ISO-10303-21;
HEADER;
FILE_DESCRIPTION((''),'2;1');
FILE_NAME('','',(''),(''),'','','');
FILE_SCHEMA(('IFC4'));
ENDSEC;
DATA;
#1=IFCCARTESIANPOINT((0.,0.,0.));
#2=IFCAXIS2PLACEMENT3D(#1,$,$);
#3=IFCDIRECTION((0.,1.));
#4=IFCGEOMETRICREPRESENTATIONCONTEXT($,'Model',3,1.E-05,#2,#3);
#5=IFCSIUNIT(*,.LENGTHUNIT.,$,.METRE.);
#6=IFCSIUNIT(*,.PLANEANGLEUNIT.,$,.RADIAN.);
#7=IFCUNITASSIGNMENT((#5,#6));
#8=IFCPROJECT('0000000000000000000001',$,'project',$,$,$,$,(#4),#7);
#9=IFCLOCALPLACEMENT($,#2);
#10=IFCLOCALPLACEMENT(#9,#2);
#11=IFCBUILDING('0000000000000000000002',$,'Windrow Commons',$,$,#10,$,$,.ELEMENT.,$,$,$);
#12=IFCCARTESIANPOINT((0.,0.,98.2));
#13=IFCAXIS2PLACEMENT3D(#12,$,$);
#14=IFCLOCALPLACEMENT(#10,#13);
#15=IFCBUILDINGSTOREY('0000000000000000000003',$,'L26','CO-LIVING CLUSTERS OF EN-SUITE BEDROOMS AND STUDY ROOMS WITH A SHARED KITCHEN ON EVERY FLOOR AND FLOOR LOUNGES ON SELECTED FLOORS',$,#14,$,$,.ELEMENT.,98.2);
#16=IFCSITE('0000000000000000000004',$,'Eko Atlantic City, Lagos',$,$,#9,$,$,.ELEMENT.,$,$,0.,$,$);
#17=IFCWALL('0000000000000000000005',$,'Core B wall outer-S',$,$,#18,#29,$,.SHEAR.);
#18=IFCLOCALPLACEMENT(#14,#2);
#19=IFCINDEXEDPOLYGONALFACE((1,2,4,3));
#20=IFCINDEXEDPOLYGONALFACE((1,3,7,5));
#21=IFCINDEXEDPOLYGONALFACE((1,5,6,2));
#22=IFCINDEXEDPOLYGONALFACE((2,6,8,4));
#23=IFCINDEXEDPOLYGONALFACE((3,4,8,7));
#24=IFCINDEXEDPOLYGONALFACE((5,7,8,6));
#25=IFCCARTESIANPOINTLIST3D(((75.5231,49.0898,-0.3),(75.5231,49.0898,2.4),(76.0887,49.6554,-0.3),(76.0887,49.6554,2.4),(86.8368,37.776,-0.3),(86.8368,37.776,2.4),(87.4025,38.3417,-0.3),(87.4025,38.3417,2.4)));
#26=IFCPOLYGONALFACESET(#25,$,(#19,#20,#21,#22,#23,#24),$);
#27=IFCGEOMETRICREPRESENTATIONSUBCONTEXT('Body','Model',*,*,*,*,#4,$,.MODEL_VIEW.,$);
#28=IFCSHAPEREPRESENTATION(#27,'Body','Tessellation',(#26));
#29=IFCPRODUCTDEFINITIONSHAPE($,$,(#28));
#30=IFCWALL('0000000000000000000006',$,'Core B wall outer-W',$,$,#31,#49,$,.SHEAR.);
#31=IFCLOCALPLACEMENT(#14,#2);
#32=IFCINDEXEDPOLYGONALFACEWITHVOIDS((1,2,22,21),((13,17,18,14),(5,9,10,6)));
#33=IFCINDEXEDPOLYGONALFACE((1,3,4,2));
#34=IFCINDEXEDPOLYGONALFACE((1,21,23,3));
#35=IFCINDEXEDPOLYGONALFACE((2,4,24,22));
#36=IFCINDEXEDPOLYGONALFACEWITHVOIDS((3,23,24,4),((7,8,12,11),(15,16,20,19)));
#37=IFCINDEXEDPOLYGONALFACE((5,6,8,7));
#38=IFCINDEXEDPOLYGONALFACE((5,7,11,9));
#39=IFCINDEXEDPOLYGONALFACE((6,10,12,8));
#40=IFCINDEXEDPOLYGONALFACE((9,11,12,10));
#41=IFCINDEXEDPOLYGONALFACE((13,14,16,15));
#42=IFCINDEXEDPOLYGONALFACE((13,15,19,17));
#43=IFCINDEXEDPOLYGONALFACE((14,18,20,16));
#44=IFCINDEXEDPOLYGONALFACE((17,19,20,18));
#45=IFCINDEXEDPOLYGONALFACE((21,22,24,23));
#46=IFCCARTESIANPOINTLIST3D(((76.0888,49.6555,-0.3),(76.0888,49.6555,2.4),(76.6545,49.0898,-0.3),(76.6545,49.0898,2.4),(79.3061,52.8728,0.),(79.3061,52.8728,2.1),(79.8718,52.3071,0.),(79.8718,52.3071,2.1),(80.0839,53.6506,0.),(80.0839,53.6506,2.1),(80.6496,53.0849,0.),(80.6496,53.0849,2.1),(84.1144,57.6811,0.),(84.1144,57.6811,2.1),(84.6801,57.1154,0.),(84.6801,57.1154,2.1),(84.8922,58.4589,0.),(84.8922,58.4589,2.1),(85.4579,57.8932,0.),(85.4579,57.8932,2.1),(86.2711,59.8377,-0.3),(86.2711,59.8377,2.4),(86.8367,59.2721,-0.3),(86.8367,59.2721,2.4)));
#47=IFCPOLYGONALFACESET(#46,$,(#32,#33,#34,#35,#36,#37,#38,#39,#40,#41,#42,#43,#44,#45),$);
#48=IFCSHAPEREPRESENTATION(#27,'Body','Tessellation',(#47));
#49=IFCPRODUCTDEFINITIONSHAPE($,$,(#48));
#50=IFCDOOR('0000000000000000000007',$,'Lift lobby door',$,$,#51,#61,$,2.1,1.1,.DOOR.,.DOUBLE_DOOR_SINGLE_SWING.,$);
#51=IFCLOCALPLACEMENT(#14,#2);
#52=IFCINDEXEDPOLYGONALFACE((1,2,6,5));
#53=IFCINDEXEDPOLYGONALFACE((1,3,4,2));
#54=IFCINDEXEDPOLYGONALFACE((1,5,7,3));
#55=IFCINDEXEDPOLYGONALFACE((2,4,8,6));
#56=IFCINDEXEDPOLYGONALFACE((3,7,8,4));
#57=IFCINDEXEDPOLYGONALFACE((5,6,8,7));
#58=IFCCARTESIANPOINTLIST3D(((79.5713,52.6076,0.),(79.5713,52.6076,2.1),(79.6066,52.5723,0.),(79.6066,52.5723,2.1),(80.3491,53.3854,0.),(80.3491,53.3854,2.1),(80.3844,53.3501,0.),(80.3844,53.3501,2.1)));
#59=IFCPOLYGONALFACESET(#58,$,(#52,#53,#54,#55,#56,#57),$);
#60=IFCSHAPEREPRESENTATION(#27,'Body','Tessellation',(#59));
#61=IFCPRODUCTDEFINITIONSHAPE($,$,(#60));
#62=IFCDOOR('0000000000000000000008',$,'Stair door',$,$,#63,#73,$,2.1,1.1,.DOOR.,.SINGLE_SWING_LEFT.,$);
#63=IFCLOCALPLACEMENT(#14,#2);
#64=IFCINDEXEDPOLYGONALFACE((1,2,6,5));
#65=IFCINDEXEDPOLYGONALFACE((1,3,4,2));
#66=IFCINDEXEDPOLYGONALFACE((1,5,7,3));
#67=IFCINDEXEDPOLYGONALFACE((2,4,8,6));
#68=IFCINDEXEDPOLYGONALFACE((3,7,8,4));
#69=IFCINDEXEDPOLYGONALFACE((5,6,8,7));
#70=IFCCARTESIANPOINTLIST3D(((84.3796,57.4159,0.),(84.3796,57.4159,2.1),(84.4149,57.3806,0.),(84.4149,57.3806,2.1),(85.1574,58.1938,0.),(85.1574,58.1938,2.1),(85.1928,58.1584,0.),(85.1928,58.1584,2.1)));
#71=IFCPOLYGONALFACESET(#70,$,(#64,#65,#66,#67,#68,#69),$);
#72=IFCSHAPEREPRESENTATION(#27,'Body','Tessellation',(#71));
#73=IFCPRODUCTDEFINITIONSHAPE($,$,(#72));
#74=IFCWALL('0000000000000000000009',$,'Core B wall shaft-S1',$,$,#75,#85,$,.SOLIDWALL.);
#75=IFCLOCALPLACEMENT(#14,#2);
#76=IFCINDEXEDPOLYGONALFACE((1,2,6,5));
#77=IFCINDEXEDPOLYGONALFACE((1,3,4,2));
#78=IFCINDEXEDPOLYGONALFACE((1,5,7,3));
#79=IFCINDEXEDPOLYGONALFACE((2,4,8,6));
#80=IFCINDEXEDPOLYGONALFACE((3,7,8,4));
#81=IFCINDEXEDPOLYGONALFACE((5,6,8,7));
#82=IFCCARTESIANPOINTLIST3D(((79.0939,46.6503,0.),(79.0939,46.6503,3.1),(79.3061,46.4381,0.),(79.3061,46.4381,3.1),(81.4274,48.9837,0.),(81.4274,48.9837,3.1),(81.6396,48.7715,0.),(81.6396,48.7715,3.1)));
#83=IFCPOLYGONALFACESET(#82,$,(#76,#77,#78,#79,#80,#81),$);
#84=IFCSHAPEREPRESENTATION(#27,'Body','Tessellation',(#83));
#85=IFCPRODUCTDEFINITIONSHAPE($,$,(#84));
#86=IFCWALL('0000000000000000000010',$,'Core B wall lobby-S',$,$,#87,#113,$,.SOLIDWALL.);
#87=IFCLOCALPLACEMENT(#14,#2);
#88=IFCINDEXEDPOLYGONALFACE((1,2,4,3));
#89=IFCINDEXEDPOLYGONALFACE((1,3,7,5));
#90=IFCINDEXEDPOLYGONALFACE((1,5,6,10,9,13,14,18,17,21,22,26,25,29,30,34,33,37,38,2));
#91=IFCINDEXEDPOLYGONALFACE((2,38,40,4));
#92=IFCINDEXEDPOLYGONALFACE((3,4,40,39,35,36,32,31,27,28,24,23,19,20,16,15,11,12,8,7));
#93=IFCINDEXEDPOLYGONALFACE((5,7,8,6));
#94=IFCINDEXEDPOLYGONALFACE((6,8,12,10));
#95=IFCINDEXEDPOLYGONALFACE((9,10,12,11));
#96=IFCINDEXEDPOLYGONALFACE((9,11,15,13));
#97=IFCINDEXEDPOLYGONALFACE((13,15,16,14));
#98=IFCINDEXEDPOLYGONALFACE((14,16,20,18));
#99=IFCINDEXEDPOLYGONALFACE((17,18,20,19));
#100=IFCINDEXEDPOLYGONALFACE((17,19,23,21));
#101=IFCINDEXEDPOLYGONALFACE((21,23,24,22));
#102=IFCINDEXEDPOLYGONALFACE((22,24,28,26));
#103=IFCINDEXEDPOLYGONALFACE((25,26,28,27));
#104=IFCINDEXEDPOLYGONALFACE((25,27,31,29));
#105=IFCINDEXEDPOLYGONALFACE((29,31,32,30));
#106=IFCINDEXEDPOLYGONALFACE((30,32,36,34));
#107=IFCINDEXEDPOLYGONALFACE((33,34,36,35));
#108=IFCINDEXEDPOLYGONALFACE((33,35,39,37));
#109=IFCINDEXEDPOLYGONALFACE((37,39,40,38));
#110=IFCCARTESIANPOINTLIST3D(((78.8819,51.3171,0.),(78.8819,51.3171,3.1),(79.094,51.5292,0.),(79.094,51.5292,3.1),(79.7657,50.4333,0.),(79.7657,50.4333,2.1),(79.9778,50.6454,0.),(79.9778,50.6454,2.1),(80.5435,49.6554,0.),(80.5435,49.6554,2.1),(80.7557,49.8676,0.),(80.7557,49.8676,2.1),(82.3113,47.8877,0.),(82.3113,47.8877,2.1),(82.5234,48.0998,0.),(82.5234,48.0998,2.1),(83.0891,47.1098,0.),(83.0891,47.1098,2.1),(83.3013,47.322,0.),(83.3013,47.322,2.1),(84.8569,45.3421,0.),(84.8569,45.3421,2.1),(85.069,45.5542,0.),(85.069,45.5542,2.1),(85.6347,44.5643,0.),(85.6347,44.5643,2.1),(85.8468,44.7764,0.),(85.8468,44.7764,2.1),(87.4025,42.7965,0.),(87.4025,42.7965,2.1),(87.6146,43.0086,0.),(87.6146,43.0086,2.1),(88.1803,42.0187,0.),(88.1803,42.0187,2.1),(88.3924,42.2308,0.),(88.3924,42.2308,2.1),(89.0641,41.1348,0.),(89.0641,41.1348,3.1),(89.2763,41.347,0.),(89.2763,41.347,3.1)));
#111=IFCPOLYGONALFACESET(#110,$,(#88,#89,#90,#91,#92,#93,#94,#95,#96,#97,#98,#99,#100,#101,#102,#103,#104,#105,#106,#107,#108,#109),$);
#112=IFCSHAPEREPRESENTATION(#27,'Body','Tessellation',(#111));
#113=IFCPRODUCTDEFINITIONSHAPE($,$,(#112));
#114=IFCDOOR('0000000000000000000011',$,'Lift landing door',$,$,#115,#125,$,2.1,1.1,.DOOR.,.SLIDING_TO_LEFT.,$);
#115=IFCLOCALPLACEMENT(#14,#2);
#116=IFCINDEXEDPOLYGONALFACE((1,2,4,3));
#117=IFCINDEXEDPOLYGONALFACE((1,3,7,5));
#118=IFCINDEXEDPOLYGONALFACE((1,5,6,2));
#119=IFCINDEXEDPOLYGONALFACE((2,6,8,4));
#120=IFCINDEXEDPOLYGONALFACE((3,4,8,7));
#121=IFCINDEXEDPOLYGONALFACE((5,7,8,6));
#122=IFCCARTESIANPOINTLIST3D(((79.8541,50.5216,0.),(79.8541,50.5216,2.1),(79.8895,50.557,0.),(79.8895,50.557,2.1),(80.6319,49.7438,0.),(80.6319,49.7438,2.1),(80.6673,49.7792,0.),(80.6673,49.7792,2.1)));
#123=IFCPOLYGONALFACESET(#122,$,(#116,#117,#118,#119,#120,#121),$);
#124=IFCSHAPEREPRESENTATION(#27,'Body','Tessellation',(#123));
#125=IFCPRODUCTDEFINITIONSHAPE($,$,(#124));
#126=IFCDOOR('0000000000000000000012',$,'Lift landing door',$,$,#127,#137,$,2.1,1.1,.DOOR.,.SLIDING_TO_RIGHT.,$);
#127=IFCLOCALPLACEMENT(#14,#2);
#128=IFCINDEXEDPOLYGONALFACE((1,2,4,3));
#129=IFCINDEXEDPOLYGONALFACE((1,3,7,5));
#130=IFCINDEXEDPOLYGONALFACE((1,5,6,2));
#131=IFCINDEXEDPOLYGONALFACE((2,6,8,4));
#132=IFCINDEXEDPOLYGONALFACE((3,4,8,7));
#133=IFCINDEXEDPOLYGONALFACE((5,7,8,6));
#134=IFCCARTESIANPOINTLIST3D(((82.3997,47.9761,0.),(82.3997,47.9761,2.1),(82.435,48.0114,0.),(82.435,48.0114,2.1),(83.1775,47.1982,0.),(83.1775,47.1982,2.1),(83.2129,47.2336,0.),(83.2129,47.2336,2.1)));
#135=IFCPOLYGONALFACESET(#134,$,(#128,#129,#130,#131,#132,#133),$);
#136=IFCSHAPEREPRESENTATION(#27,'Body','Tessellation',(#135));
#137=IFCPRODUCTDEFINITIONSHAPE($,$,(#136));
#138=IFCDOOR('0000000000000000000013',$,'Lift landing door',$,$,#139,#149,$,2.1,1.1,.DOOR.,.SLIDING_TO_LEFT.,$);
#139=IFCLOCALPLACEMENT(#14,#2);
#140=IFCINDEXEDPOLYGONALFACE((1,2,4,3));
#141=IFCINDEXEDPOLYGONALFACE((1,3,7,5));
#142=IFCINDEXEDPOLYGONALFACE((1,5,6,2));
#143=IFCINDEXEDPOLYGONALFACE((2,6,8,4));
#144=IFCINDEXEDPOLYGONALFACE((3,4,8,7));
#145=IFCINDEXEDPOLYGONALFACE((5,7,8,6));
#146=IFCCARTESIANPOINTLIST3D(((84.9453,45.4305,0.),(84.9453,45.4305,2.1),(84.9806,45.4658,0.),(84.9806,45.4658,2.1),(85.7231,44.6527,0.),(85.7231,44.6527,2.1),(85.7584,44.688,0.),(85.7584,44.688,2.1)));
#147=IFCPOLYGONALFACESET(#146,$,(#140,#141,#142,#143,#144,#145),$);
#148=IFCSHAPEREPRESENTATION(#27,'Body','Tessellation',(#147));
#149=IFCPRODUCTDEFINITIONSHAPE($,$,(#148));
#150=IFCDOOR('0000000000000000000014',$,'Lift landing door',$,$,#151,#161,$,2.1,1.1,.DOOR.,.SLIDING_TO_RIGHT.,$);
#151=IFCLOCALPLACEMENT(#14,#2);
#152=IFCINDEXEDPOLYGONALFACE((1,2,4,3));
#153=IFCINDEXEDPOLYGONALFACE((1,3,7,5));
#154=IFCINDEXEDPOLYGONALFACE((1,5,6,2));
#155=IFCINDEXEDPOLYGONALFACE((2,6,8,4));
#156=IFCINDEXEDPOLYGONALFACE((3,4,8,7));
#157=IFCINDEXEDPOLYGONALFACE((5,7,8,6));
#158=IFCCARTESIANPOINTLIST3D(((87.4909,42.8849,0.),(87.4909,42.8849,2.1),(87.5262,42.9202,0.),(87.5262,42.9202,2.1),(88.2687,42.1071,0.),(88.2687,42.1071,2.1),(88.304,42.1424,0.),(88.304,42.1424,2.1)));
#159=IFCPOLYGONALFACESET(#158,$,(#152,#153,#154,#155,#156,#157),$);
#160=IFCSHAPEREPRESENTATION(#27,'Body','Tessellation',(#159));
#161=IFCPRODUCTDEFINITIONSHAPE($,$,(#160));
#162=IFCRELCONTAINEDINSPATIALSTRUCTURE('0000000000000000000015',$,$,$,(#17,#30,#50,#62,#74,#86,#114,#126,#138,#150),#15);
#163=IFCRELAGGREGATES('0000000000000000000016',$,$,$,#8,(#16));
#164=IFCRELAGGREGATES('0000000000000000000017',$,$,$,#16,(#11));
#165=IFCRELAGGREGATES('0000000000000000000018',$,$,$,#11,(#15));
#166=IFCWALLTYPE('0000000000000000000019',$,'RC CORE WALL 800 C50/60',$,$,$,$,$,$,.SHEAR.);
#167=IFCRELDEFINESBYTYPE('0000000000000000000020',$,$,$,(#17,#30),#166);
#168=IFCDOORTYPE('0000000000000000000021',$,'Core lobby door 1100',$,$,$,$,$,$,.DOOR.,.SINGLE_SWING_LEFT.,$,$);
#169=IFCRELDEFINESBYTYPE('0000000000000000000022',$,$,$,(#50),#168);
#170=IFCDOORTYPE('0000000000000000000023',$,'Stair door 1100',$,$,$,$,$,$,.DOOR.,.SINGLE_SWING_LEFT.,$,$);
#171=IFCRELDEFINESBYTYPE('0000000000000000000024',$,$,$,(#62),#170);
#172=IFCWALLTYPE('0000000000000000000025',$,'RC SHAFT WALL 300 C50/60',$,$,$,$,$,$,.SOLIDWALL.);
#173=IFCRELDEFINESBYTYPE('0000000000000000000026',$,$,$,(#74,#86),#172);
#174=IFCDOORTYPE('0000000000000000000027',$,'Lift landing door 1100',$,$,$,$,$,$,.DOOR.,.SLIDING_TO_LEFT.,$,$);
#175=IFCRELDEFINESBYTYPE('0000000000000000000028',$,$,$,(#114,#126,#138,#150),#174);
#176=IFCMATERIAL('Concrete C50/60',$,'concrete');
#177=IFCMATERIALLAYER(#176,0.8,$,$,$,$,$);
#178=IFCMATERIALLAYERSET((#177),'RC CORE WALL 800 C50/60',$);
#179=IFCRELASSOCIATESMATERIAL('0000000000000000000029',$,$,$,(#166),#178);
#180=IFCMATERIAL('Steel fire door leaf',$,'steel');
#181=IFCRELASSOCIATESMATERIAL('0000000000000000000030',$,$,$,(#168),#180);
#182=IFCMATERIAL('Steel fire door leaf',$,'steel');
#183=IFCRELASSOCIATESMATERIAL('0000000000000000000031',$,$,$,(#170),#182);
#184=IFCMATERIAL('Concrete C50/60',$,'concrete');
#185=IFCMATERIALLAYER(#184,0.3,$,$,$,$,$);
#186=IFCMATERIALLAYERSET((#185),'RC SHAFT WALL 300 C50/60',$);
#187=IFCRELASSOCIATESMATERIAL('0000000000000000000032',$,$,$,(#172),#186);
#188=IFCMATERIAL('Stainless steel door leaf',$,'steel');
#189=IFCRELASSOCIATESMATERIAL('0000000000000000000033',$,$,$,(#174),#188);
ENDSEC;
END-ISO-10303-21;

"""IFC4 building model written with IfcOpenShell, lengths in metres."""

from ifc_helpers import new_model, si_unit, direction, frame, frame_2d, origin, place, context, subcontext, project, spatial, rectangle, extrude, material, layer, layer_set, type_object, element, fill, save


model = new_model("IFC4")

# Units and contexts
model_context = context("Model", 3, precision=1e-05, world=origin(), true_north=direction((0.0, 1.0)))
body_context = subcontext(model_context, "Body", "Model", "MODEL_VIEW")
ifc_project = project(units=[si_unit("LENGTHUNIT", "METRE"), si_unit("PLANEANGLEUNIT", "RADIAN")], contexts=[model_context])

# Site, building, storey
site_placement = place(None, origin())
site = spatial("IfcSite", under=ifc_project, at=site_placement, Name="Eko Atlantic City, Lagos", CompositionType="ELEMENT", RefElevation=0.0)
building_placement = place(site_placement, origin())
building = spatial("IfcBuilding", under=site, at=building_placement, Name="Windrow Commons", CompositionType="ELEMENT")
storey_placement = place(building_placement, frame((0.0, 0.0, 98.2)))
storey = spatial("IfcBuildingStorey", under=building, at=storey_placement, Name="L26", Description="CO-LIVING CLUSTERS OF EN-SUITE BEDROOMS AND STUDY ROOMS WITH A SHARED KITCHEN ON EVERY FLOOR AND FLOOR LOUNGES ON SELECTED FLOORS", CompositionType="ELEMENT", Elevation=98.2)

# Shared definitions
ifc_material_1 = material(Name="Concrete C50/60", Category="concrete")
ifc_layer_1 = layer(ifc_material_1, 0.8)
ifc_layer_set_1 = layer_set([ifc_layer_1], Name="RC CORE WALL 800 C50/60")
wall_type_1 = type_object("IfcWallType", Name="RC CORE WALL 800 C50/60", PredefinedType="SHEAR", material=ifc_layer_set_1)
ifc_material_2 = material(Name="Steel fire door leaf", Category="steel")
door_type_1 = type_object("IfcDoorType", Name="Core lobby door 1100", OperationType="SINGLE_SWING_LEFT", PredefinedType="DOOR", material=ifc_material_2)
ifc_material_3 = material(Name="Steel fire door leaf", Category="steel")
door_type_2 = type_object("IfcDoorType", Name="Stair door 1100", OperationType="SINGLE_SWING_LEFT", PredefinedType="DOOR", material=ifc_material_3)

# Wall
wall_1_placement = place(storey_placement, frame((75.8059, 49.3726, -0.3), z_axis=(0.0, 0.0, 1.0), x_axis=(0.707107, -0.707107, 0.0)))
element("IfcWall", 1, at=wall_1_placement, inside=storey, type_object=wall_type_1, Name="Core B wall outer-S", PredefinedType="SHEAR", context=body_context, shape_type="SweptSolid", body=[
    extrude(rectangle(XDim=16.0, YDim=0.8, at=frame_2d((8.0, 0.0))), origin(), (0.0, 0.0, 1.0), 2.7),
])

# Wall, openings, doors
wall_2_placement = place(storey_placement, frame((76.3716, 49.3726, -0.3), z_axis=(0.0, 0.0, 1.0), x_axis=(0.707107, 0.707107, 0.0)))
wall_2 = element("IfcWall", 2, at=wall_2_placement, inside=storey, type_object=wall_type_1, Name="Core B wall outer-W", PredefinedType="SHEAR", context=body_context, shape_type="SweptSolid", body=[
    extrude(rectangle(XDim=14.3999, YDim=0.8, at=frame_2d((7.2, 0.0))), origin(), (0.0, 0.0, 1.0), 2.7),
])
opening_1_placement = place(wall_2_placement, frame((4.55, 0.0, 0.3)))
opening_1 = element("IfcOpeningElement", 3, at=opening_1_placement, cuts=wall_2, PredefinedType="OPENING", context=body_context, shape_type="SweptSolid", body=[
    extrude(rectangle(XDim=1.1, YDim=2.1, at=frame_2d((0.55, 1.05))), frame((0.0, 0.41, 0.0), z_axis=(0.0, -1.0, 0.0), x_axis=(1.0, 0.0, 0.0)), (0.0, 0.0, 1.0), 0.82),
])
opening_2_placement = place(wall_2_placement, frame((11.35, 0.0, 0.3)))
opening_2 = element("IfcOpeningElement", 4, at=opening_2_placement, cuts=wall_2, PredefinedType="OPENING", context=body_context, shape_type="SweptSolid", body=[
    extrude(rectangle(XDim=1.1, YDim=2.1, at=frame_2d((0.55, 1.05))), frame((0.0, 0.41, 0.0), z_axis=(0.0, -1.0, 0.0), x_axis=(1.0, 0.0, 0.0)), (0.0, 0.0, 1.0), 0.82),
])
door_1_placement = place(opening_1_placement, origin())
door_1 = element("IfcDoor", 5, at=door_1_placement, inside=storey, type_object=door_type_1, Name="Lift lobby door", OperationType="DOUBLE_DOOR_SINGLE_SWING", OverallHeight=2.1, OverallWidth=1.1, PredefinedType="DOOR", context=body_context, shape_type="SweptSolid", body=[
    extrude(rectangle(XDim=1.1, YDim=2.1, at=frame_2d((0.55, 1.05))), frame((0.0, 0.025, 0.0), z_axis=(0.0, -1.0, 0.0), x_axis=(1.0, 0.0, 0.0)), (0.0, 0.0, 1.0), 0.05),
])
fill(opening_1, door_1)
door_2_placement = place(opening_2_placement, origin())
door_2 = element("IfcDoor", 6, at=door_2_placement, inside=storey, type_object=door_type_2, Name="Stair door", OperationType="SINGLE_SWING_LEFT", OverallHeight=2.1, OverallWidth=1.1, PredefinedType="DOOR", context=body_context, shape_type="SweptSolid", body=[
    extrude(rectangle(XDim=1.1, YDim=2.1, at=frame_2d((0.55, 1.05))), frame((0.0, 0.025, 0.0), z_axis=(0.0, -1.0, 0.0), x_axis=(1.0, 0.0, 0.0)), (0.0, 0.0, 1.0), 0.05),
])
fill(opening_2, door_2)

# Wall
ifc_material_4 = material(Name="Concrete C50/60", Category="concrete")
ifc_layer_2 = layer(ifc_material_4, 0.3)
ifc_layer_set_2 = layer_set([ifc_layer_2], Name="RC SHAFT WALL 300 C50/60")
wall_type_2 = type_object("IfcWallType", Name="RC SHAFT WALL 300 C50/60", PredefinedType="SOLIDWALL", material=ifc_layer_set_2)
wall_3_placement = place(storey_placement, frame((79.2, 46.5442, 0.0), z_axis=(0.0, 0.0, 1.0), x_axis=(0.707122, 0.707092, 0.0)))
element("IfcWall", 7, at=wall_3_placement, inside=storey, type_object=wall_type_2, Name="Core B wall shaft-S1", PredefinedType="SOLIDWALL", context=body_context, shape_type="SweptSolid", body=[
    extrude(rectangle(XDim=3.3, YDim=0.3, at=frame_2d((1.65, 0.0))), origin(), (0.0, 0.0, 1.0), 3.1),
])

# Wall, openings, doors
wall_4_placement = place(storey_placement, frame((78.9879, 51.4232, 0.0), z_axis=(0.0, 0.0, 1.0), x_axis=(0.707107, -0.707107, 0.0)))
wall_4 = element("IfcWall", 8, at=wall_4_placement, inside=storey, type_object=wall_type_2, Name="Core B wall lobby-S", PredefinedType="SOLIDWALL", context=body_context, shape_type="SweptSolid", body=[
    extrude(rectangle(XDim=14.3999, YDim=0.3, at=frame_2d((7.2, 0.0))), origin(), (0.0, 0.0, 1.0), 3.1),
])
opening_3_placement = place(wall_4_placement, frame((1.25, 0.0, 0.0)))
opening_3 = element("IfcOpeningElement", 9, at=opening_3_placement, cuts=wall_4, PredefinedType="OPENING", context=body_context, shape_type="SweptSolid", body=[
    extrude(rectangle(XDim=1.1, YDim=2.1, at=frame_2d((0.55, 1.05))), frame((0.0, 0.16, 0.0), z_axis=(0.0, -1.0, 0.0), x_axis=(1.0, 0.0, 0.0)), (0.0, 0.0, 1.0), 0.32),
])
opening_4_placement = place(wall_4_placement, frame((4.85, 0.0, 0.0)))
opening_4 = element("IfcOpeningElement", 10, at=opening_4_placement, cuts=wall_4, PredefinedType="OPENING", context=body_context, shape_type="SweptSolid", body=[
    extrude(rectangle(XDim=1.1, YDim=2.1, at=frame_2d((0.55, 1.05))), frame((0.0, 0.16, 0.0), z_axis=(0.0, -1.0, 0.0), x_axis=(1.0, 0.0, 0.0)), (0.0, 0.0, 1.0), 0.32),
])
opening_5_placement = place(wall_4_placement, frame((8.45, 0.0, 0.0)))
opening_5 = element("IfcOpeningElement", 11, at=opening_5_placement, cuts=wall_4, PredefinedType="OPENING", context=body_context, shape_type="SweptSolid", body=[
    extrude(rectangle(XDim=1.1, YDim=2.1, at=frame_2d((0.55, 1.05))), frame((0.0, 0.16, 0.0), z_axis=(0.0, -1.0, 0.0), x_axis=(1.0, 0.0, 0.0)), (0.0, 0.0, 1.0), 0.32),
])
opening_6_placement = place(wall_4_placement, frame((12.05, 0.0, 0.0)))
opening_6 = element("IfcOpeningElement", 12, at=opening_6_placement, cuts=wall_4, PredefinedType="OPENING", context=body_context, shape_type="SweptSolid", body=[
    extrude(rectangle(XDim=1.1, YDim=2.1, at=frame_2d((0.55, 1.05))), frame((0.0, 0.16, 0.0), z_axis=(0.0, -1.0, 0.0), x_axis=(1.0, 0.0, 0.0)), (0.0, 0.0, 1.0), 0.32),
])
ifc_material_5 = material(Name="Stainless steel door leaf", Category="steel")
door_type_3 = type_object("IfcDoorType", Name="Lift landing door 1100", OperationType="SLIDING_TO_LEFT", PredefinedType="DOOR", material=ifc_material_5)
door_3_placement = place(opening_3_placement, origin())
door_3 = element("IfcDoor", 13, at=door_3_placement, inside=storey, type_object=door_type_3, Name="Lift landing door", OperationType="SLIDING_TO_LEFT", OverallHeight=2.1, OverallWidth=1.1, PredefinedType="DOOR", context=body_context, shape_type="SweptSolid", body=[
    extrude(rectangle(XDim=1.1, YDim=2.1, at=frame_2d((0.55, 1.05))), frame((0.0, 0.025, 0.0), z_axis=(0.0, -1.0, 0.0), x_axis=(1.0, 0.0, 0.0)), (0.0, 0.0, 1.0), 0.05),
])
fill(opening_3, door_3)
door_4_placement = place(opening_4_placement, origin())
door_4 = element("IfcDoor", 14, at=door_4_placement, inside=storey, type_object=door_type_3, Name="Lift landing door", OperationType="SLIDING_TO_RIGHT", OverallHeight=2.1, OverallWidth=1.1, PredefinedType="DOOR", context=body_context, shape_type="SweptSolid", body=[
    extrude(rectangle(XDim=1.1, YDim=2.1, at=frame_2d((0.55, 1.05))), frame((0.0, 0.025, 0.0), z_axis=(0.0, -1.0, 0.0), x_axis=(1.0, 0.0, 0.0)), (0.0, 0.0, 1.0), 0.05),
])
fill(opening_4, door_4)
door_5_placement = place(opening_5_placement, origin())
door_5 = element("IfcDoor", 15, at=door_5_placement, inside=storey, type_object=door_type_3, Name="Lift landing door", OperationType="SLIDING_TO_LEFT", OverallHeight=2.1, OverallWidth=1.1, PredefinedType="DOOR", context=body_context, shape_type="SweptSolid", body=[
    extrude(rectangle(XDim=1.1, YDim=2.1, at=frame_2d((0.55, 1.05))), frame((0.0, 0.025, 0.0), z_axis=(0.0, -1.0, 0.0), x_axis=(1.0, 0.0, 0.0)), (0.0, 0.0, 1.0), 0.05),
])
fill(opening_5, door_5)
door_6_placement = place(opening_6_placement, origin())
door_6 = element("IfcDoor", 16, at=door_6_placement, inside=storey, type_object=door_type_3, Name="Lift landing door", OperationType="SLIDING_TO_RIGHT", OverallHeight=2.1, OverallWidth=1.1, PredefinedType="DOOR", context=body_context, shape_type="SweptSolid", body=[
    extrude(rectangle(XDim=1.1, YDim=2.1, at=frame_2d((0.55, 1.05))), frame((0.0, 0.025, 0.0), z_axis=(0.0, -1.0, 0.0), x_axis=(1.0, 0.0, 0.0)), (0.0, 0.0, 1.0), 0.05),
])
fill(opening_6, door_6)

save(model, "model.ifc")
